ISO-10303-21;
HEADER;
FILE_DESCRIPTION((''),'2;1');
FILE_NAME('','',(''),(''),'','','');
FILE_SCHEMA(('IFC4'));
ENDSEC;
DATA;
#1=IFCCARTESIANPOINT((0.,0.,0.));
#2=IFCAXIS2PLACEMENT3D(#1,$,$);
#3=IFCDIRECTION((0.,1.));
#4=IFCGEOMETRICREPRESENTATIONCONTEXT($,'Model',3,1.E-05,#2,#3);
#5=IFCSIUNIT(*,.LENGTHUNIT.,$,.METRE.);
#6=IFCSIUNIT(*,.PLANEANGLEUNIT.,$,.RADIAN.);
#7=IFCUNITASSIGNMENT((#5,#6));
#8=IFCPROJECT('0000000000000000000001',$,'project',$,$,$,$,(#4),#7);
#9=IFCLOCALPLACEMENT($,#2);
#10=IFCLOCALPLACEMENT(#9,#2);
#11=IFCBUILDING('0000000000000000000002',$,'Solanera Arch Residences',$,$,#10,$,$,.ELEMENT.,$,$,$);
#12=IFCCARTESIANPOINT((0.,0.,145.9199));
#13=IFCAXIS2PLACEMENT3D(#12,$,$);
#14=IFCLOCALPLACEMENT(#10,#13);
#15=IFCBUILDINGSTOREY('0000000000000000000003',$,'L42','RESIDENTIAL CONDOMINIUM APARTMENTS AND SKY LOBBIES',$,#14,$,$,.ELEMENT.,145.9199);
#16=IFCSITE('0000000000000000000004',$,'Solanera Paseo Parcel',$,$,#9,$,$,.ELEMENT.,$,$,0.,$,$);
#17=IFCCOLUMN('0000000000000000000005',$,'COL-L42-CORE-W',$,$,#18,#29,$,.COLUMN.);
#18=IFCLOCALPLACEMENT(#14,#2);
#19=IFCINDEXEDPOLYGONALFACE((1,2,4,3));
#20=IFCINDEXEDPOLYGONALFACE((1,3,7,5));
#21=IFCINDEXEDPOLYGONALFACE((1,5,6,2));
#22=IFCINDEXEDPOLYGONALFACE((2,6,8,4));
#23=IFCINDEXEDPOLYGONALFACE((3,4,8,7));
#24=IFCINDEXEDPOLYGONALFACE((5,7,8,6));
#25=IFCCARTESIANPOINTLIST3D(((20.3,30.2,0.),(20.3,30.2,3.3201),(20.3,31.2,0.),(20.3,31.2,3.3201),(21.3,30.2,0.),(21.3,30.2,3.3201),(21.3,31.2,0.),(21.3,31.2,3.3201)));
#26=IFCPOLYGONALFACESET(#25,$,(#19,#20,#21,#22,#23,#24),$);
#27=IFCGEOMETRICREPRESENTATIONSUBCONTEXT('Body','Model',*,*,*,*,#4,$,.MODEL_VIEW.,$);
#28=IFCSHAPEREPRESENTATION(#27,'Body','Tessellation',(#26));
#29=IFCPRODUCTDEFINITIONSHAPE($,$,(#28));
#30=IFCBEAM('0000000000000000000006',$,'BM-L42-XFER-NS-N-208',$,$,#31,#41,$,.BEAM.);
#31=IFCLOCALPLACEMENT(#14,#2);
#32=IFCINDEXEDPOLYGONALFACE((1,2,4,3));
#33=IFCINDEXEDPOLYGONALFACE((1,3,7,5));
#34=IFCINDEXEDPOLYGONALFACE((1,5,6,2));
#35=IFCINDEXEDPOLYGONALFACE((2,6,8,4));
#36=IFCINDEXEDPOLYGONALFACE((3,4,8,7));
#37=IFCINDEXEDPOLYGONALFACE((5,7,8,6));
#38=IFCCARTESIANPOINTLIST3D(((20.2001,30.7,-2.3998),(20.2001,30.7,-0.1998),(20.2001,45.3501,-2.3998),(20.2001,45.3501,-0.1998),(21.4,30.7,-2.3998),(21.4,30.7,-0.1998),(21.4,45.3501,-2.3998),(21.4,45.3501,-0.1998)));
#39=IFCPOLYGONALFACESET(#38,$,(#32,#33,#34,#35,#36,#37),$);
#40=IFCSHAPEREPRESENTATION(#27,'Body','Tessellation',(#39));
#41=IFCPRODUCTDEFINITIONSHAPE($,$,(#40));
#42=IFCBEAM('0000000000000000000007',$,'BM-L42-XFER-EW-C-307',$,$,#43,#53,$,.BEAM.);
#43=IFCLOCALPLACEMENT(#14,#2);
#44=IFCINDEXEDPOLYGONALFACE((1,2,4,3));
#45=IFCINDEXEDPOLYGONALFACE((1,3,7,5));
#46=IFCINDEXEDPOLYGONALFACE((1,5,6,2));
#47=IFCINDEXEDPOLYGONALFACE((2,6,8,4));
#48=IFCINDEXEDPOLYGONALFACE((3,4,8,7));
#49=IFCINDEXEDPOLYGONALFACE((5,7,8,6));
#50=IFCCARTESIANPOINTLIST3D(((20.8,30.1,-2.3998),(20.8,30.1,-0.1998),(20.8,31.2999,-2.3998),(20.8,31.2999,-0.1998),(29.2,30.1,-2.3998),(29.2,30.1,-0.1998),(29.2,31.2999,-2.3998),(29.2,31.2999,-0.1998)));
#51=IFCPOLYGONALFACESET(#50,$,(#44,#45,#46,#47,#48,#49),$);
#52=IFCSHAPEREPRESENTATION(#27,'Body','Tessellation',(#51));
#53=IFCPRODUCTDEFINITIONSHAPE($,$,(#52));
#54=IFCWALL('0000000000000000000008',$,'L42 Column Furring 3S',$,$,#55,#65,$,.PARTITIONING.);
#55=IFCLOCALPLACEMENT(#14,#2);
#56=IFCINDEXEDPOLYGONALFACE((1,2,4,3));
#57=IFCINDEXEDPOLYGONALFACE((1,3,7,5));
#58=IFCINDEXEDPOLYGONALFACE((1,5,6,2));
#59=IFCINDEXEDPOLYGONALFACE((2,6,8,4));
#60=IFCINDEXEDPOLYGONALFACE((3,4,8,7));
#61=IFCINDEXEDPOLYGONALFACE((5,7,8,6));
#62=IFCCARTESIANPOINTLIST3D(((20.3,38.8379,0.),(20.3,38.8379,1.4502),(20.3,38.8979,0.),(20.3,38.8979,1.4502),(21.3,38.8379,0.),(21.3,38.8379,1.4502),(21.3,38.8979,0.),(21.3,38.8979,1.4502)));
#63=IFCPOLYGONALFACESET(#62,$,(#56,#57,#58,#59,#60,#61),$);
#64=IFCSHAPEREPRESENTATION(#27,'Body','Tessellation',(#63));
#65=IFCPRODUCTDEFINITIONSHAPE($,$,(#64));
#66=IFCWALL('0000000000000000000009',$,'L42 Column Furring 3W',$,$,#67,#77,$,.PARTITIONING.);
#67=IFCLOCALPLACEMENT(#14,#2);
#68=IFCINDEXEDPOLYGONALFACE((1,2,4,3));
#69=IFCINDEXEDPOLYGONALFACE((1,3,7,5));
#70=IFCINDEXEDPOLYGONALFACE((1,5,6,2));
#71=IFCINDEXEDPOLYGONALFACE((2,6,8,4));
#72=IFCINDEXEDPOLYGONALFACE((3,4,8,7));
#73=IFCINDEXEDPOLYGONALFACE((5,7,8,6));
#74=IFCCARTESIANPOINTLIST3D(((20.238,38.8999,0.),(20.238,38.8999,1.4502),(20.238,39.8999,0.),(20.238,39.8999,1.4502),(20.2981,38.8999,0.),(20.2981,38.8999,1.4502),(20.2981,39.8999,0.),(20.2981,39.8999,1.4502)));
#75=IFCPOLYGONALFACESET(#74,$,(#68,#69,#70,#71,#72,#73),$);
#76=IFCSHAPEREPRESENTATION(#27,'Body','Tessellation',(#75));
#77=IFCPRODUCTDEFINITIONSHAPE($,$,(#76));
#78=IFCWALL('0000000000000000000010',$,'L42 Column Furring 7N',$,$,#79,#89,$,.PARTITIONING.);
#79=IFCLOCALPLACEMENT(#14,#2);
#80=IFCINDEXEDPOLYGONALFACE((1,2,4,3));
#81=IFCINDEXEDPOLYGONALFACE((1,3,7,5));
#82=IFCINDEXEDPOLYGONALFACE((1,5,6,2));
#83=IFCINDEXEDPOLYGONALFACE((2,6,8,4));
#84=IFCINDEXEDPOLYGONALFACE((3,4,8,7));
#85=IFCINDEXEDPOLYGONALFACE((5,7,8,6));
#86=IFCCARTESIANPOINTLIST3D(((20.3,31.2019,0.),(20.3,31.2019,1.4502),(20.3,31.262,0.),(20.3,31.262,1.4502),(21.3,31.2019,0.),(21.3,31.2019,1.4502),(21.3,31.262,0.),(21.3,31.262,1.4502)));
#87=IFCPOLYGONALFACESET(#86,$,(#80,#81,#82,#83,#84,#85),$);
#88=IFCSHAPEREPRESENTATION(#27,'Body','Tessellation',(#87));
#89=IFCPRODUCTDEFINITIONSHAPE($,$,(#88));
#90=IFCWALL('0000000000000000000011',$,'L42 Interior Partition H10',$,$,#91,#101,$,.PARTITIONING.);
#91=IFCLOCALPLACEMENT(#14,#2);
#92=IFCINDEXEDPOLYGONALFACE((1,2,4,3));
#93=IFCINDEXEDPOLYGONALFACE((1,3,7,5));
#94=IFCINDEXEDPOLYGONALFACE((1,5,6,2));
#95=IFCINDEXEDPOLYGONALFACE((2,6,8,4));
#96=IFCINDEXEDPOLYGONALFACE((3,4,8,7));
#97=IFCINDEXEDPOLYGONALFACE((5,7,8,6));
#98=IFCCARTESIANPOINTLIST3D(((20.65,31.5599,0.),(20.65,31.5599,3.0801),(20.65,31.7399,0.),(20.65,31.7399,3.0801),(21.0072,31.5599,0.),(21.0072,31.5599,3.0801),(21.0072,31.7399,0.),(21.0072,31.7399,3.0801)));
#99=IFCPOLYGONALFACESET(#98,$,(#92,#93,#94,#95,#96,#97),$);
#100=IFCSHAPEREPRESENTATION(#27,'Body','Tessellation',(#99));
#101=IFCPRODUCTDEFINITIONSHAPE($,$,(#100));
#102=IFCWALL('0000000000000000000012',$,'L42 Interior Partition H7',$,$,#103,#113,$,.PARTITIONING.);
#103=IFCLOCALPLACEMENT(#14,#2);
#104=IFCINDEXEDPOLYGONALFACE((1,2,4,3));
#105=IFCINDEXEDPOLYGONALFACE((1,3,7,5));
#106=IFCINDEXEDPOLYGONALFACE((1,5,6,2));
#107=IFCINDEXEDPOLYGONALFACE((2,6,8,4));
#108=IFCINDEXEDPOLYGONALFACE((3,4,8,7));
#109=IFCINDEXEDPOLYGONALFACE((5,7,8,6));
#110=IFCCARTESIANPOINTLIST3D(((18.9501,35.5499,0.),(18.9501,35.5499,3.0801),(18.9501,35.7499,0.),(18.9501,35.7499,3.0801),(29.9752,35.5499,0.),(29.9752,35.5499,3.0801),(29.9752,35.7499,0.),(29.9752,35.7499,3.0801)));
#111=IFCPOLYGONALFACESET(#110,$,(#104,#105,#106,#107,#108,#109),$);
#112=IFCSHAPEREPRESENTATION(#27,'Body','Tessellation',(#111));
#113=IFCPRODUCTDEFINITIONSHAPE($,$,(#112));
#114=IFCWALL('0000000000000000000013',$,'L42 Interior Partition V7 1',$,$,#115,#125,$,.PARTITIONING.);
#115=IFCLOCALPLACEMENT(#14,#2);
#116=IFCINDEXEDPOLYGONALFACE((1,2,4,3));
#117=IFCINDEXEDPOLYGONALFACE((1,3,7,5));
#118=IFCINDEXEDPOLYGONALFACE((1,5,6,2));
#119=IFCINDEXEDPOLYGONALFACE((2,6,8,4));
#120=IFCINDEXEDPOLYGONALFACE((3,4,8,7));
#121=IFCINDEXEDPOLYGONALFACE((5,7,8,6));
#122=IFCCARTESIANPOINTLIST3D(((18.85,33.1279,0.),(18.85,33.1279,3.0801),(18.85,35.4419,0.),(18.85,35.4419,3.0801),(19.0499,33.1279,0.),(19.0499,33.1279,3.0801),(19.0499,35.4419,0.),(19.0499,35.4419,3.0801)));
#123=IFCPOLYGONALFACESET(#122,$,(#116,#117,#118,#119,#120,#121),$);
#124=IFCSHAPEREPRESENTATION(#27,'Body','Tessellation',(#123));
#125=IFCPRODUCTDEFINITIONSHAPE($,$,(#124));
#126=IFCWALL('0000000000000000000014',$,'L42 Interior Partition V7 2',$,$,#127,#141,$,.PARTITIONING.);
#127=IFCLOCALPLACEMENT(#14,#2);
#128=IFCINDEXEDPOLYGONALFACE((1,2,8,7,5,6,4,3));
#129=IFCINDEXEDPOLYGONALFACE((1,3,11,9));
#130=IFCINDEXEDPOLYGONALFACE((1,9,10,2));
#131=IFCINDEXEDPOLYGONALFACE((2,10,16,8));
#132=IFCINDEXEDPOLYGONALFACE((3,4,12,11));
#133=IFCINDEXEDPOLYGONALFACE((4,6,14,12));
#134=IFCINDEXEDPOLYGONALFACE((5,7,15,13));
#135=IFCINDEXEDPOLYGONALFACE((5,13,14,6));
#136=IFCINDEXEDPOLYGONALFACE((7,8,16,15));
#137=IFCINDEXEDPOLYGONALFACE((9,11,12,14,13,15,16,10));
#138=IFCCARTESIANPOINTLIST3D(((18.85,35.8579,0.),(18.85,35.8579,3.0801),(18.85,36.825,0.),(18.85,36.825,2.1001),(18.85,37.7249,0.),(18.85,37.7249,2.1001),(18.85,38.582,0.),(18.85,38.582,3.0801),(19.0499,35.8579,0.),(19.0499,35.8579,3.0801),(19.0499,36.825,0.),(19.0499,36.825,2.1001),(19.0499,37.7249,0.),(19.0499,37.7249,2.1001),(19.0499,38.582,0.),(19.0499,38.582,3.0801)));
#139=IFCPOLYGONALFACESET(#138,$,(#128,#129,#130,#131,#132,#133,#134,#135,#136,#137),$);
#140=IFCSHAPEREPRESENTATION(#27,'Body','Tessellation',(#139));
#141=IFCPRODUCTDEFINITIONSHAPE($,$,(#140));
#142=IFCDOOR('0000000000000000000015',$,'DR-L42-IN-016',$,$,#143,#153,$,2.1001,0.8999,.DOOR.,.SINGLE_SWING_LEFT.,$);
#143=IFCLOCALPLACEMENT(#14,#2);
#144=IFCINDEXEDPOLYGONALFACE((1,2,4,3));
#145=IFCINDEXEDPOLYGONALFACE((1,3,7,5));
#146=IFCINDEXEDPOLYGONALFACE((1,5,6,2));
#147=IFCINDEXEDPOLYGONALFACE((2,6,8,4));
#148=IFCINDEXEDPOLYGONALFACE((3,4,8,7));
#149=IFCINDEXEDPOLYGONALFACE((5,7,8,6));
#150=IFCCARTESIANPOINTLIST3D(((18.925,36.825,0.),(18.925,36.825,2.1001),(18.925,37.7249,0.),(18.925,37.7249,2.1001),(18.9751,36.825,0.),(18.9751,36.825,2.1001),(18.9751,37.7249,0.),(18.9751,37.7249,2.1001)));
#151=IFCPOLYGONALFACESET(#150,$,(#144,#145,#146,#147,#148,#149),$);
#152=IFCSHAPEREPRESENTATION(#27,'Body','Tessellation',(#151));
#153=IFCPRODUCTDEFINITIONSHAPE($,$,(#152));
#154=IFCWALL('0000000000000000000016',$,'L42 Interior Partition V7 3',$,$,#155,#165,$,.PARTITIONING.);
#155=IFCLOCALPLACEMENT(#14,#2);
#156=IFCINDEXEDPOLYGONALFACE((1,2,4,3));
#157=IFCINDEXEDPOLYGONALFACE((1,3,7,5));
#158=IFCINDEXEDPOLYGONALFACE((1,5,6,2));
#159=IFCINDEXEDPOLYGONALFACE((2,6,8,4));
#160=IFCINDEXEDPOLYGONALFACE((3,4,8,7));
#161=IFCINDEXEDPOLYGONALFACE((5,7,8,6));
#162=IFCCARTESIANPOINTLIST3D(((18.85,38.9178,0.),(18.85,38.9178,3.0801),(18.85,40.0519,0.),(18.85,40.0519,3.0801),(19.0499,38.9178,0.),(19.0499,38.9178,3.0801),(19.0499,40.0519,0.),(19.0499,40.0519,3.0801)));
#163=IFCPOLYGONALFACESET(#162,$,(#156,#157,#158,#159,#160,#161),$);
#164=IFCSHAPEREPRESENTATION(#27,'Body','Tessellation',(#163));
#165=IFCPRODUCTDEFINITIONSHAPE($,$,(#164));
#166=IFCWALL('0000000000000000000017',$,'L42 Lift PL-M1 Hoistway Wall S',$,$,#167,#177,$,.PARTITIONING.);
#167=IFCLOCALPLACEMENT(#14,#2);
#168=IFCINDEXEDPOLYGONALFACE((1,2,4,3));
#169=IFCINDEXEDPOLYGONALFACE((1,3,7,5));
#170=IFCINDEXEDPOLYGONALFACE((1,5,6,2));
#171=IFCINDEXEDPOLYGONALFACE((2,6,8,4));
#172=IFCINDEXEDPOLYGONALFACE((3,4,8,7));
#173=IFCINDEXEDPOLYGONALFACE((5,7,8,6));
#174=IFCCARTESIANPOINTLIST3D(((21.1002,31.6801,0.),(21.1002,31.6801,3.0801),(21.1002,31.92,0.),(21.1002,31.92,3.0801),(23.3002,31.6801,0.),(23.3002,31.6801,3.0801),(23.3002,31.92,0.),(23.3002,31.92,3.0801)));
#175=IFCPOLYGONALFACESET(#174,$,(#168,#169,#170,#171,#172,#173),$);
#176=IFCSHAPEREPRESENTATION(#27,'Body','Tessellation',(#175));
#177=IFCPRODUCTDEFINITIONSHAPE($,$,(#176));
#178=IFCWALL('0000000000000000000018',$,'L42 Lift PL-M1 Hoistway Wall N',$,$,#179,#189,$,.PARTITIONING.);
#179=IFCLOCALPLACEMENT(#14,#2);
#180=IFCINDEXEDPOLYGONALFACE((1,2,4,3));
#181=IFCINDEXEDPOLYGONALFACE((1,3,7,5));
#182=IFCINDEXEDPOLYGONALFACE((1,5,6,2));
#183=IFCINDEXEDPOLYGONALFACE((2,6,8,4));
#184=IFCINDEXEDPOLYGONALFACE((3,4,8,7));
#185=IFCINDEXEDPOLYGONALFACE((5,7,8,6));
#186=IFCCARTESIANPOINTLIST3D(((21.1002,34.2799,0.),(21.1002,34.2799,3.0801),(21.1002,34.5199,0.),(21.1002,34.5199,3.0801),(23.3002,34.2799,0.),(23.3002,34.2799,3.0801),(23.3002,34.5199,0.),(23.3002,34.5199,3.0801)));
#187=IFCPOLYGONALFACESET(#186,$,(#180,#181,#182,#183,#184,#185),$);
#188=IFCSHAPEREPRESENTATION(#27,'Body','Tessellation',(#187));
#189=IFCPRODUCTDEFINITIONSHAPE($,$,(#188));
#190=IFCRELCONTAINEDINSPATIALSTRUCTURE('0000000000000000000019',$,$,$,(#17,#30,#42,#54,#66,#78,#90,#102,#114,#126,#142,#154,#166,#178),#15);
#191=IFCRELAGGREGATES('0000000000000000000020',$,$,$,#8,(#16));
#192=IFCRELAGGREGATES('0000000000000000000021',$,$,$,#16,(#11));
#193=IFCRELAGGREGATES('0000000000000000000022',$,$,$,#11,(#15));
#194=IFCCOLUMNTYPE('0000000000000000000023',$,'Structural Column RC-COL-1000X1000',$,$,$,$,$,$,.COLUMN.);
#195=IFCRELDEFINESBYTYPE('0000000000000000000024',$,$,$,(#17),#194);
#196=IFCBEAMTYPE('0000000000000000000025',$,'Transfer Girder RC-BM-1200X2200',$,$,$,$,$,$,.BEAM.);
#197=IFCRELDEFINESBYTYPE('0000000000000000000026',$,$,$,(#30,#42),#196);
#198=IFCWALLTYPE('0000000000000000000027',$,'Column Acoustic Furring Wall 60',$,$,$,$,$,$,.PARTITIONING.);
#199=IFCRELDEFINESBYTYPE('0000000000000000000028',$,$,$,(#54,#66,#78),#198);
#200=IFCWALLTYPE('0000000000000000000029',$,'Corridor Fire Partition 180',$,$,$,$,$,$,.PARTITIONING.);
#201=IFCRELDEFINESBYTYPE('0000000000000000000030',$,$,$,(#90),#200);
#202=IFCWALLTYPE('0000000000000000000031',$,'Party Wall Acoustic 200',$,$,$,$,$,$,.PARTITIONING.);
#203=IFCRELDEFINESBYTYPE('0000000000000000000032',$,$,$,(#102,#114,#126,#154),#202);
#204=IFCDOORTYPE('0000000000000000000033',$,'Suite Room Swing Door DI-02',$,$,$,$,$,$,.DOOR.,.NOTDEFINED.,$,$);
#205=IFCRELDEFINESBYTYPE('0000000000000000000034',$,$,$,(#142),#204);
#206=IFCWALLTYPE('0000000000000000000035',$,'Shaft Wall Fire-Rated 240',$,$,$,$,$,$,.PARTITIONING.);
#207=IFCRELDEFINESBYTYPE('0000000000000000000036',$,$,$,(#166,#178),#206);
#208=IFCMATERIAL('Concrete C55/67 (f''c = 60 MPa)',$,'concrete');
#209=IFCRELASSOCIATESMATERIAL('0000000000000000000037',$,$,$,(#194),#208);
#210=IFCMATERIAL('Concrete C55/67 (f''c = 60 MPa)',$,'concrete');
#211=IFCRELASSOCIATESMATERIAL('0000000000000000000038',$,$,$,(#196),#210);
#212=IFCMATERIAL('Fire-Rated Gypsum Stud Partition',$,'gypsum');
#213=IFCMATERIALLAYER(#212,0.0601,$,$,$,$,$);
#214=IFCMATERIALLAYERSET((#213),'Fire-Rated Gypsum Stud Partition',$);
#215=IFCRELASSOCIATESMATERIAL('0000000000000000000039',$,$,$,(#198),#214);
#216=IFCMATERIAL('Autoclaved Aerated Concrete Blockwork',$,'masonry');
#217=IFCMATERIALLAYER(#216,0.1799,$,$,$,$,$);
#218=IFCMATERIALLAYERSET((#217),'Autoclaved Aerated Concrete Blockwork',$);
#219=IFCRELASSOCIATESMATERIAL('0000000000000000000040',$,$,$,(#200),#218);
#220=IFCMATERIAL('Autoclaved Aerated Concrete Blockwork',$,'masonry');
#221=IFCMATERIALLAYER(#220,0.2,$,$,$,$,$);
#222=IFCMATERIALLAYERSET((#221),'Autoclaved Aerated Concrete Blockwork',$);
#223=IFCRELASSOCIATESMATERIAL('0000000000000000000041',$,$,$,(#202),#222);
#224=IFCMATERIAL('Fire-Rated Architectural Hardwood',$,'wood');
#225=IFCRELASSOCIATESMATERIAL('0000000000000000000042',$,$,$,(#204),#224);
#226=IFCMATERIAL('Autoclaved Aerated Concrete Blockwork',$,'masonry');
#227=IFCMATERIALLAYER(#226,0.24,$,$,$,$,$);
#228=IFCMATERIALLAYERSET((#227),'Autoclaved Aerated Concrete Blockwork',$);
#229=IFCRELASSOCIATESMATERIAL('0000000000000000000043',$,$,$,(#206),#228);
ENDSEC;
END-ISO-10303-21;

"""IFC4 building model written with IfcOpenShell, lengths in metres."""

from ifc_helpers import new_model, si_unit, direction, frame, frame_2d, origin, origin_2d, place, context, subcontext, project, spatial, rectangle, extrude, material, layer, layer_set, material_profile, profile_set, type_object, element, fill, save


model = new_model("IFC4")

# Units and contexts
model_context = context("Model", 3, precision=1e-05, world=origin(), true_north=direction((0.0, 1.0)))
body_context = subcontext(model_context, "Body", "Model", "MODEL_VIEW")
ifc_project = project(units=[si_unit("LENGTHUNIT", "METRE"), si_unit("PLANEANGLEUNIT", "RADIAN")], contexts=[model_context])

# Site, building, storey
site_placement = place(None, origin())
site = spatial("IfcSite", under=ifc_project, at=site_placement, Name="Solanera Paseo Parcel", CompositionType="ELEMENT", RefElevation=0.0)
building_placement = place(site_placement, origin())
building = spatial("IfcBuilding", under=site, at=building_placement, Name="Solanera Arch Residences", CompositionType="ELEMENT")
storey_placement = place(building_placement, frame((0.0, 0.0, 145.9199)))
storey = spatial("IfcBuildingStorey", under=building, at=storey_placement, Name="L42", Description="RESIDENTIAL CONDOMINIUM APARTMENTS AND SKY LOBBIES", CompositionType="ELEMENT", Elevation=145.9199)

# Column
ifc_material_1 = material(Name="Concrete C55/67 (f'c = 60 MPa)", Category="concrete")
ifc_material_profile_1 = material_profile(ifc_material_1, rectangle(XDim=1.0, YDim=1.0, at=origin_2d()))
ifc_profile_set_1 = profile_set([ifc_material_profile_1], Name="Concrete C55/67 (f'c = 60 MPa)")
column_type = type_object("IfcColumnType", Name="Structural Column RC-COL-1000X1000", PredefinedType="COLUMN", material=ifc_profile_set_1)
column_placement = place(storey_placement, frame((20.8, 30.7, 0.0), z_axis=(0.0, 0.0, 1.0), x_axis=(1.0, 0.0, 0.0)))
element("IfcColumn", 1, at=column_placement, inside=storey, type_object=column_type, Name="COL-L42-CORE-W", PredefinedType="COLUMN", context=body_context, shape_type="SweptSolid", body=[
    extrude(rectangle(XDim=1.0, YDim=1.0, at=origin_2d()), origin(), (0.0, 0.0, 1.0), 3.3201),
])

# Beams
ifc_material_2 = material(Name="Concrete C55/67 (f'c = 60 MPa)", Category="concrete")
ifc_material_profile_2 = material_profile(ifc_material_2, rectangle(XDim=1.2, YDim=2.2, at=origin_2d()))
ifc_profile_set_2 = profile_set([ifc_material_profile_2], Name="Concrete C55/67 (f'c = 60 MPa)")
beam_type = type_object("IfcBeamType", Name="Transfer Girder RC-BM-1200X2200", PredefinedType="BEAM", material=ifc_profile_set_2)
beam_1_placement = place(storey_placement, frame((20.8, 30.7, -1.2998), z_axis=(0.0, 1.0, 0.0), x_axis=(-1.0, 0.0, 0.0)))
element("IfcBeam", 2, at=beam_1_placement, inside=storey, type_object=beam_type, Name="BM-L42-XFER-NS-N-208", PredefinedType="BEAM", context=body_context, shape_type="SweptSolid", body=[
    extrude(rectangle(XDim=1.2, YDim=2.2, at=origin_2d()), origin(), (0.0, 0.0, 1.0), 14.6501),
])
beam_2_placement = place(storey_placement, frame((20.8, 30.7, -1.2998), z_axis=(1.0, 0.0, 0.0), x_axis=(0.0, 1.0, 0.0)))
element("IfcBeam", 3, at=beam_2_placement, inside=storey, type_object=beam_type, Name="BM-L42-XFER-EW-C-307", PredefinedType="BEAM", context=body_context, shape_type="SweptSolid", body=[
    extrude(rectangle(XDim=1.2, YDim=2.2, at=origin_2d()), origin(), (0.0, 0.0, 1.0), 8.3999),
])

# Walls
ifc_material_3 = material(Name="Fire-Rated Gypsum Stud Partition", Category="gypsum")
ifc_layer_1 = layer(ifc_material_3, 0.0601)
ifc_layer_set_1 = layer_set([ifc_layer_1], Name="Fire-Rated Gypsum Stud Partition")
wall_type_1 = type_object("IfcWallType", Name="Column Acoustic Furring Wall 60", PredefinedType="PARTITIONING", material=ifc_layer_set_1)
for number, where, z_axis, x_axis, name in (
    (4, (20.3, 38.8679, 0.0), (0.0, 0.0, 1.0), (1.0, 0.0, 0.0), "L42 Column Furring 3S"),
    (5, (20.2681, 38.8999, 0.0), (0.0, 0.0, 1.0), (0.0, 1.0, 0.0), "L42 Column Furring 3W"),
    (6, (20.3, 31.2319, 0.0), (0.0, 0.0, 1.0), (1.0, 0.0, 0.0), "L42 Column Furring 7N"),
):
    element("IfcWall", number, at=place(storey_placement, frame(where, z_axis=z_axis, x_axis=x_axis)), inside=storey, type_object=wall_type_1, Name=name, PredefinedType="PARTITIONING", context=body_context, shape_type="SweptSolid", body=[
        extrude(rectangle(XDim=1.0, YDim=0.0601, at=frame_2d((0.5, 0.0))), origin(), (0.0, 0.0, 1.0), 1.4502),
    ])
ifc_material_4 = material(Name="Autoclaved Aerated Concrete Blockwork", Category="masonry")
ifc_layer_2 = layer(ifc_material_4, 0.1799)
ifc_layer_set_2 = layer_set([ifc_layer_2], Name="Autoclaved Aerated Concrete Blockwork")
wall_type_2 = type_object("IfcWallType", Name="Corridor Fire Partition 180", PredefinedType="PARTITIONING", material=ifc_layer_set_2)
wall_1_placement = place(storey_placement, frame((20.6499, 31.6499, 0.0), z_axis=(0.0, 0.0, 1.0), x_axis=(1.0, 0.0, 0.0)))
element("IfcWall", 7, at=wall_1_placement, inside=storey, type_object=wall_type_2, Name="L42 Interior Partition H10", PredefinedType="PARTITIONING", context=body_context, shape_type="SweptSolid", body=[
    extrude(rectangle(XDim=0.3572, YDim=0.1799, at=frame_2d((0.1787, 0.0))), origin(), (0.0, 0.0, 1.0), 3.0801),
])
ifc_material_5 = material(Name="Autoclaved Aerated Concrete Blockwork", Category="masonry")
ifc_layer_3 = layer(ifc_material_5, 0.2)
ifc_layer_set_3 = layer_set([ifc_layer_3], Name="Autoclaved Aerated Concrete Blockwork")
wall_type_3 = type_object("IfcWallType", Name="Party Wall Acoustic 200", PredefinedType="PARTITIONING", material=ifc_layer_set_3)
wall_2_placement = place(storey_placement, frame((18.95, 35.6499, 0.0), z_axis=(0.0, 0.0, 1.0), x_axis=(1.0, 0.0, 0.0)))
element("IfcWall", 8, at=wall_2_placement, inside=storey, type_object=wall_type_3, Name="L42 Interior Partition H7", PredefinedType="PARTITIONING", context=body_context, shape_type="SweptSolid", body=[
    extrude(rectangle(XDim=11.0251, YDim=0.2, at=frame_2d((5.5127, 0.0))), origin(), (0.0, 0.0, 1.0), 3.0801),
])
wall_3_placement = place(storey_placement, frame((18.95, 33.1279, 0.0), z_axis=(0.0, 0.0, 1.0), x_axis=(0.0, 1.0, 0.0)))
element("IfcWall", 9, at=wall_3_placement, inside=storey, type_object=wall_type_3, Name="L42 Interior Partition V7 1", PredefinedType="PARTITIONING", context=body_context, shape_type="SweptSolid", body=[
    extrude(rectangle(XDim=2.314, YDim=0.2, at=frame_2d((1.157, 0.0))), origin(), (0.0, 0.0, 1.0), 3.0801),
])

# Wall, opening, door
wall_4_placement = place(storey_placement, frame((18.95, 35.8579, 0.0), z_axis=(0.0, 0.0, 1.0), x_axis=(0.0, 1.0, 0.0)))
wall_4 = element("IfcWall", 10, at=wall_4_placement, inside=storey, type_object=wall_type_3, Name="L42 Interior Partition V7 2", PredefinedType="PARTITIONING", context=body_context, shape_type="SweptSolid", body=[
    extrude(rectangle(XDim=2.7241, YDim=0.2, at=frame_2d((1.3621, 0.0))), origin(), (0.0, 0.0, 1.0), 3.0801),
])
opening_1_placement = place(wall_4_placement, frame((0.967, 0.0, 0.0)))
opening_1 = element("IfcOpeningElement", 11, at=opening_1_placement, cuts=wall_4, PredefinedType="OPENING", context=body_context, shape_type="SweptSolid", body=[
    extrude(rectangle(XDim=0.8999, YDim=2.1001, at=frame_2d((0.45, 1.05))), frame((0.0, 0.1101, 0.0), z_axis=(0.0, -1.0, 0.0), x_axis=(1.0, 0.0, 0.0)), (0.0, 0.0, 1.0), 0.22),
])
ifc_material_6 = material(Name="Fire-Rated Architectural Hardwood", Category="wood")
door_type_1 = type_object("IfcDoorType", Name="Suite Room Swing Door DI-02", OperationType="NOTDEFINED", PredefinedType="DOOR", material=ifc_material_6)
door_1_placement = place(opening_1_placement, origin())
door_1 = element("IfcDoor", 12, at=door_1_placement, inside=storey, type_object=door_type_1, Name="DR-L42-IN-016", OperationType="SINGLE_SWING_LEFT", OverallHeight=2.1001, OverallWidth=0.8999, PredefinedType="DOOR", context=body_context, shape_type="SweptSolid", body=[
    extrude(rectangle(XDim=0.8999, YDim=2.1001, at=frame_2d((0.45, 1.05))), frame((0.0, 0.0249, 0.0), z_axis=(0.0, -1.0, 0.0), x_axis=(1.0, 0.0, 0.0)), (0.0, 0.0, 1.0), 0.05),
])
fill(opening_1, door_1)

# Walls
wall_5_placement = place(storey_placement, frame((18.95, 38.918, 0.0), z_axis=(0.0, 0.0, 1.0), x_axis=(0.0, 1.0, 0.0)))
element("IfcWall", 13, at=wall_5_placement, inside=storey, type_object=wall_type_3, Name="L42 Interior Partition V7 3", PredefinedType="PARTITIONING", context=body_context, shape_type="SweptSolid", body=[
    extrude(rectangle(XDim=1.134, YDim=0.2, at=frame_2d((0.5669, 0.0))), origin(), (0.0, 0.0, 1.0), 3.0801),
])
ifc_material_7 = material(Name="Autoclaved Aerated Concrete Blockwork", Category="masonry")
ifc_layer_4 = layer(ifc_material_7, 0.24)
ifc_layer_set_4 = layer_set([ifc_layer_4], Name="Autoclaved Aerated Concrete Blockwork")
wall_type_4 = type_object("IfcWallType", Name="Shaft Wall Fire-Rated 240", PredefinedType="PARTITIONING", material=ifc_layer_set_4)
for number, where, z_axis, x_axis, name in (
    (14, (21.1001, 31.8, 0.0), (0.0, 0.0, 1.0), (1.0, 0.0, 0.0), "L42 Lift PL-M1 Hoistway Wall S"),
    (15, (21.1001, 34.3999, 0.0), (0.0, 0.0, 1.0), (1.0, 0.0, 0.0), "L42 Lift PL-M1 Hoistway Wall N"),
):
    element("IfcWall", number, at=place(storey_placement, frame(where, z_axis=z_axis, x_axis=x_axis)), inside=storey, type_object=wall_type_4, Name=name, PredefinedType="PARTITIONING", context=body_context, shape_type="SweptSolid", body=[
        extrude(rectangle(XDim=2.2, YDim=0.24, at=frame_2d((1.1001, 0.0))), origin(), (0.0, 0.0, 1.0), 3.0801),
    ])

save(model, "model.ifc")
